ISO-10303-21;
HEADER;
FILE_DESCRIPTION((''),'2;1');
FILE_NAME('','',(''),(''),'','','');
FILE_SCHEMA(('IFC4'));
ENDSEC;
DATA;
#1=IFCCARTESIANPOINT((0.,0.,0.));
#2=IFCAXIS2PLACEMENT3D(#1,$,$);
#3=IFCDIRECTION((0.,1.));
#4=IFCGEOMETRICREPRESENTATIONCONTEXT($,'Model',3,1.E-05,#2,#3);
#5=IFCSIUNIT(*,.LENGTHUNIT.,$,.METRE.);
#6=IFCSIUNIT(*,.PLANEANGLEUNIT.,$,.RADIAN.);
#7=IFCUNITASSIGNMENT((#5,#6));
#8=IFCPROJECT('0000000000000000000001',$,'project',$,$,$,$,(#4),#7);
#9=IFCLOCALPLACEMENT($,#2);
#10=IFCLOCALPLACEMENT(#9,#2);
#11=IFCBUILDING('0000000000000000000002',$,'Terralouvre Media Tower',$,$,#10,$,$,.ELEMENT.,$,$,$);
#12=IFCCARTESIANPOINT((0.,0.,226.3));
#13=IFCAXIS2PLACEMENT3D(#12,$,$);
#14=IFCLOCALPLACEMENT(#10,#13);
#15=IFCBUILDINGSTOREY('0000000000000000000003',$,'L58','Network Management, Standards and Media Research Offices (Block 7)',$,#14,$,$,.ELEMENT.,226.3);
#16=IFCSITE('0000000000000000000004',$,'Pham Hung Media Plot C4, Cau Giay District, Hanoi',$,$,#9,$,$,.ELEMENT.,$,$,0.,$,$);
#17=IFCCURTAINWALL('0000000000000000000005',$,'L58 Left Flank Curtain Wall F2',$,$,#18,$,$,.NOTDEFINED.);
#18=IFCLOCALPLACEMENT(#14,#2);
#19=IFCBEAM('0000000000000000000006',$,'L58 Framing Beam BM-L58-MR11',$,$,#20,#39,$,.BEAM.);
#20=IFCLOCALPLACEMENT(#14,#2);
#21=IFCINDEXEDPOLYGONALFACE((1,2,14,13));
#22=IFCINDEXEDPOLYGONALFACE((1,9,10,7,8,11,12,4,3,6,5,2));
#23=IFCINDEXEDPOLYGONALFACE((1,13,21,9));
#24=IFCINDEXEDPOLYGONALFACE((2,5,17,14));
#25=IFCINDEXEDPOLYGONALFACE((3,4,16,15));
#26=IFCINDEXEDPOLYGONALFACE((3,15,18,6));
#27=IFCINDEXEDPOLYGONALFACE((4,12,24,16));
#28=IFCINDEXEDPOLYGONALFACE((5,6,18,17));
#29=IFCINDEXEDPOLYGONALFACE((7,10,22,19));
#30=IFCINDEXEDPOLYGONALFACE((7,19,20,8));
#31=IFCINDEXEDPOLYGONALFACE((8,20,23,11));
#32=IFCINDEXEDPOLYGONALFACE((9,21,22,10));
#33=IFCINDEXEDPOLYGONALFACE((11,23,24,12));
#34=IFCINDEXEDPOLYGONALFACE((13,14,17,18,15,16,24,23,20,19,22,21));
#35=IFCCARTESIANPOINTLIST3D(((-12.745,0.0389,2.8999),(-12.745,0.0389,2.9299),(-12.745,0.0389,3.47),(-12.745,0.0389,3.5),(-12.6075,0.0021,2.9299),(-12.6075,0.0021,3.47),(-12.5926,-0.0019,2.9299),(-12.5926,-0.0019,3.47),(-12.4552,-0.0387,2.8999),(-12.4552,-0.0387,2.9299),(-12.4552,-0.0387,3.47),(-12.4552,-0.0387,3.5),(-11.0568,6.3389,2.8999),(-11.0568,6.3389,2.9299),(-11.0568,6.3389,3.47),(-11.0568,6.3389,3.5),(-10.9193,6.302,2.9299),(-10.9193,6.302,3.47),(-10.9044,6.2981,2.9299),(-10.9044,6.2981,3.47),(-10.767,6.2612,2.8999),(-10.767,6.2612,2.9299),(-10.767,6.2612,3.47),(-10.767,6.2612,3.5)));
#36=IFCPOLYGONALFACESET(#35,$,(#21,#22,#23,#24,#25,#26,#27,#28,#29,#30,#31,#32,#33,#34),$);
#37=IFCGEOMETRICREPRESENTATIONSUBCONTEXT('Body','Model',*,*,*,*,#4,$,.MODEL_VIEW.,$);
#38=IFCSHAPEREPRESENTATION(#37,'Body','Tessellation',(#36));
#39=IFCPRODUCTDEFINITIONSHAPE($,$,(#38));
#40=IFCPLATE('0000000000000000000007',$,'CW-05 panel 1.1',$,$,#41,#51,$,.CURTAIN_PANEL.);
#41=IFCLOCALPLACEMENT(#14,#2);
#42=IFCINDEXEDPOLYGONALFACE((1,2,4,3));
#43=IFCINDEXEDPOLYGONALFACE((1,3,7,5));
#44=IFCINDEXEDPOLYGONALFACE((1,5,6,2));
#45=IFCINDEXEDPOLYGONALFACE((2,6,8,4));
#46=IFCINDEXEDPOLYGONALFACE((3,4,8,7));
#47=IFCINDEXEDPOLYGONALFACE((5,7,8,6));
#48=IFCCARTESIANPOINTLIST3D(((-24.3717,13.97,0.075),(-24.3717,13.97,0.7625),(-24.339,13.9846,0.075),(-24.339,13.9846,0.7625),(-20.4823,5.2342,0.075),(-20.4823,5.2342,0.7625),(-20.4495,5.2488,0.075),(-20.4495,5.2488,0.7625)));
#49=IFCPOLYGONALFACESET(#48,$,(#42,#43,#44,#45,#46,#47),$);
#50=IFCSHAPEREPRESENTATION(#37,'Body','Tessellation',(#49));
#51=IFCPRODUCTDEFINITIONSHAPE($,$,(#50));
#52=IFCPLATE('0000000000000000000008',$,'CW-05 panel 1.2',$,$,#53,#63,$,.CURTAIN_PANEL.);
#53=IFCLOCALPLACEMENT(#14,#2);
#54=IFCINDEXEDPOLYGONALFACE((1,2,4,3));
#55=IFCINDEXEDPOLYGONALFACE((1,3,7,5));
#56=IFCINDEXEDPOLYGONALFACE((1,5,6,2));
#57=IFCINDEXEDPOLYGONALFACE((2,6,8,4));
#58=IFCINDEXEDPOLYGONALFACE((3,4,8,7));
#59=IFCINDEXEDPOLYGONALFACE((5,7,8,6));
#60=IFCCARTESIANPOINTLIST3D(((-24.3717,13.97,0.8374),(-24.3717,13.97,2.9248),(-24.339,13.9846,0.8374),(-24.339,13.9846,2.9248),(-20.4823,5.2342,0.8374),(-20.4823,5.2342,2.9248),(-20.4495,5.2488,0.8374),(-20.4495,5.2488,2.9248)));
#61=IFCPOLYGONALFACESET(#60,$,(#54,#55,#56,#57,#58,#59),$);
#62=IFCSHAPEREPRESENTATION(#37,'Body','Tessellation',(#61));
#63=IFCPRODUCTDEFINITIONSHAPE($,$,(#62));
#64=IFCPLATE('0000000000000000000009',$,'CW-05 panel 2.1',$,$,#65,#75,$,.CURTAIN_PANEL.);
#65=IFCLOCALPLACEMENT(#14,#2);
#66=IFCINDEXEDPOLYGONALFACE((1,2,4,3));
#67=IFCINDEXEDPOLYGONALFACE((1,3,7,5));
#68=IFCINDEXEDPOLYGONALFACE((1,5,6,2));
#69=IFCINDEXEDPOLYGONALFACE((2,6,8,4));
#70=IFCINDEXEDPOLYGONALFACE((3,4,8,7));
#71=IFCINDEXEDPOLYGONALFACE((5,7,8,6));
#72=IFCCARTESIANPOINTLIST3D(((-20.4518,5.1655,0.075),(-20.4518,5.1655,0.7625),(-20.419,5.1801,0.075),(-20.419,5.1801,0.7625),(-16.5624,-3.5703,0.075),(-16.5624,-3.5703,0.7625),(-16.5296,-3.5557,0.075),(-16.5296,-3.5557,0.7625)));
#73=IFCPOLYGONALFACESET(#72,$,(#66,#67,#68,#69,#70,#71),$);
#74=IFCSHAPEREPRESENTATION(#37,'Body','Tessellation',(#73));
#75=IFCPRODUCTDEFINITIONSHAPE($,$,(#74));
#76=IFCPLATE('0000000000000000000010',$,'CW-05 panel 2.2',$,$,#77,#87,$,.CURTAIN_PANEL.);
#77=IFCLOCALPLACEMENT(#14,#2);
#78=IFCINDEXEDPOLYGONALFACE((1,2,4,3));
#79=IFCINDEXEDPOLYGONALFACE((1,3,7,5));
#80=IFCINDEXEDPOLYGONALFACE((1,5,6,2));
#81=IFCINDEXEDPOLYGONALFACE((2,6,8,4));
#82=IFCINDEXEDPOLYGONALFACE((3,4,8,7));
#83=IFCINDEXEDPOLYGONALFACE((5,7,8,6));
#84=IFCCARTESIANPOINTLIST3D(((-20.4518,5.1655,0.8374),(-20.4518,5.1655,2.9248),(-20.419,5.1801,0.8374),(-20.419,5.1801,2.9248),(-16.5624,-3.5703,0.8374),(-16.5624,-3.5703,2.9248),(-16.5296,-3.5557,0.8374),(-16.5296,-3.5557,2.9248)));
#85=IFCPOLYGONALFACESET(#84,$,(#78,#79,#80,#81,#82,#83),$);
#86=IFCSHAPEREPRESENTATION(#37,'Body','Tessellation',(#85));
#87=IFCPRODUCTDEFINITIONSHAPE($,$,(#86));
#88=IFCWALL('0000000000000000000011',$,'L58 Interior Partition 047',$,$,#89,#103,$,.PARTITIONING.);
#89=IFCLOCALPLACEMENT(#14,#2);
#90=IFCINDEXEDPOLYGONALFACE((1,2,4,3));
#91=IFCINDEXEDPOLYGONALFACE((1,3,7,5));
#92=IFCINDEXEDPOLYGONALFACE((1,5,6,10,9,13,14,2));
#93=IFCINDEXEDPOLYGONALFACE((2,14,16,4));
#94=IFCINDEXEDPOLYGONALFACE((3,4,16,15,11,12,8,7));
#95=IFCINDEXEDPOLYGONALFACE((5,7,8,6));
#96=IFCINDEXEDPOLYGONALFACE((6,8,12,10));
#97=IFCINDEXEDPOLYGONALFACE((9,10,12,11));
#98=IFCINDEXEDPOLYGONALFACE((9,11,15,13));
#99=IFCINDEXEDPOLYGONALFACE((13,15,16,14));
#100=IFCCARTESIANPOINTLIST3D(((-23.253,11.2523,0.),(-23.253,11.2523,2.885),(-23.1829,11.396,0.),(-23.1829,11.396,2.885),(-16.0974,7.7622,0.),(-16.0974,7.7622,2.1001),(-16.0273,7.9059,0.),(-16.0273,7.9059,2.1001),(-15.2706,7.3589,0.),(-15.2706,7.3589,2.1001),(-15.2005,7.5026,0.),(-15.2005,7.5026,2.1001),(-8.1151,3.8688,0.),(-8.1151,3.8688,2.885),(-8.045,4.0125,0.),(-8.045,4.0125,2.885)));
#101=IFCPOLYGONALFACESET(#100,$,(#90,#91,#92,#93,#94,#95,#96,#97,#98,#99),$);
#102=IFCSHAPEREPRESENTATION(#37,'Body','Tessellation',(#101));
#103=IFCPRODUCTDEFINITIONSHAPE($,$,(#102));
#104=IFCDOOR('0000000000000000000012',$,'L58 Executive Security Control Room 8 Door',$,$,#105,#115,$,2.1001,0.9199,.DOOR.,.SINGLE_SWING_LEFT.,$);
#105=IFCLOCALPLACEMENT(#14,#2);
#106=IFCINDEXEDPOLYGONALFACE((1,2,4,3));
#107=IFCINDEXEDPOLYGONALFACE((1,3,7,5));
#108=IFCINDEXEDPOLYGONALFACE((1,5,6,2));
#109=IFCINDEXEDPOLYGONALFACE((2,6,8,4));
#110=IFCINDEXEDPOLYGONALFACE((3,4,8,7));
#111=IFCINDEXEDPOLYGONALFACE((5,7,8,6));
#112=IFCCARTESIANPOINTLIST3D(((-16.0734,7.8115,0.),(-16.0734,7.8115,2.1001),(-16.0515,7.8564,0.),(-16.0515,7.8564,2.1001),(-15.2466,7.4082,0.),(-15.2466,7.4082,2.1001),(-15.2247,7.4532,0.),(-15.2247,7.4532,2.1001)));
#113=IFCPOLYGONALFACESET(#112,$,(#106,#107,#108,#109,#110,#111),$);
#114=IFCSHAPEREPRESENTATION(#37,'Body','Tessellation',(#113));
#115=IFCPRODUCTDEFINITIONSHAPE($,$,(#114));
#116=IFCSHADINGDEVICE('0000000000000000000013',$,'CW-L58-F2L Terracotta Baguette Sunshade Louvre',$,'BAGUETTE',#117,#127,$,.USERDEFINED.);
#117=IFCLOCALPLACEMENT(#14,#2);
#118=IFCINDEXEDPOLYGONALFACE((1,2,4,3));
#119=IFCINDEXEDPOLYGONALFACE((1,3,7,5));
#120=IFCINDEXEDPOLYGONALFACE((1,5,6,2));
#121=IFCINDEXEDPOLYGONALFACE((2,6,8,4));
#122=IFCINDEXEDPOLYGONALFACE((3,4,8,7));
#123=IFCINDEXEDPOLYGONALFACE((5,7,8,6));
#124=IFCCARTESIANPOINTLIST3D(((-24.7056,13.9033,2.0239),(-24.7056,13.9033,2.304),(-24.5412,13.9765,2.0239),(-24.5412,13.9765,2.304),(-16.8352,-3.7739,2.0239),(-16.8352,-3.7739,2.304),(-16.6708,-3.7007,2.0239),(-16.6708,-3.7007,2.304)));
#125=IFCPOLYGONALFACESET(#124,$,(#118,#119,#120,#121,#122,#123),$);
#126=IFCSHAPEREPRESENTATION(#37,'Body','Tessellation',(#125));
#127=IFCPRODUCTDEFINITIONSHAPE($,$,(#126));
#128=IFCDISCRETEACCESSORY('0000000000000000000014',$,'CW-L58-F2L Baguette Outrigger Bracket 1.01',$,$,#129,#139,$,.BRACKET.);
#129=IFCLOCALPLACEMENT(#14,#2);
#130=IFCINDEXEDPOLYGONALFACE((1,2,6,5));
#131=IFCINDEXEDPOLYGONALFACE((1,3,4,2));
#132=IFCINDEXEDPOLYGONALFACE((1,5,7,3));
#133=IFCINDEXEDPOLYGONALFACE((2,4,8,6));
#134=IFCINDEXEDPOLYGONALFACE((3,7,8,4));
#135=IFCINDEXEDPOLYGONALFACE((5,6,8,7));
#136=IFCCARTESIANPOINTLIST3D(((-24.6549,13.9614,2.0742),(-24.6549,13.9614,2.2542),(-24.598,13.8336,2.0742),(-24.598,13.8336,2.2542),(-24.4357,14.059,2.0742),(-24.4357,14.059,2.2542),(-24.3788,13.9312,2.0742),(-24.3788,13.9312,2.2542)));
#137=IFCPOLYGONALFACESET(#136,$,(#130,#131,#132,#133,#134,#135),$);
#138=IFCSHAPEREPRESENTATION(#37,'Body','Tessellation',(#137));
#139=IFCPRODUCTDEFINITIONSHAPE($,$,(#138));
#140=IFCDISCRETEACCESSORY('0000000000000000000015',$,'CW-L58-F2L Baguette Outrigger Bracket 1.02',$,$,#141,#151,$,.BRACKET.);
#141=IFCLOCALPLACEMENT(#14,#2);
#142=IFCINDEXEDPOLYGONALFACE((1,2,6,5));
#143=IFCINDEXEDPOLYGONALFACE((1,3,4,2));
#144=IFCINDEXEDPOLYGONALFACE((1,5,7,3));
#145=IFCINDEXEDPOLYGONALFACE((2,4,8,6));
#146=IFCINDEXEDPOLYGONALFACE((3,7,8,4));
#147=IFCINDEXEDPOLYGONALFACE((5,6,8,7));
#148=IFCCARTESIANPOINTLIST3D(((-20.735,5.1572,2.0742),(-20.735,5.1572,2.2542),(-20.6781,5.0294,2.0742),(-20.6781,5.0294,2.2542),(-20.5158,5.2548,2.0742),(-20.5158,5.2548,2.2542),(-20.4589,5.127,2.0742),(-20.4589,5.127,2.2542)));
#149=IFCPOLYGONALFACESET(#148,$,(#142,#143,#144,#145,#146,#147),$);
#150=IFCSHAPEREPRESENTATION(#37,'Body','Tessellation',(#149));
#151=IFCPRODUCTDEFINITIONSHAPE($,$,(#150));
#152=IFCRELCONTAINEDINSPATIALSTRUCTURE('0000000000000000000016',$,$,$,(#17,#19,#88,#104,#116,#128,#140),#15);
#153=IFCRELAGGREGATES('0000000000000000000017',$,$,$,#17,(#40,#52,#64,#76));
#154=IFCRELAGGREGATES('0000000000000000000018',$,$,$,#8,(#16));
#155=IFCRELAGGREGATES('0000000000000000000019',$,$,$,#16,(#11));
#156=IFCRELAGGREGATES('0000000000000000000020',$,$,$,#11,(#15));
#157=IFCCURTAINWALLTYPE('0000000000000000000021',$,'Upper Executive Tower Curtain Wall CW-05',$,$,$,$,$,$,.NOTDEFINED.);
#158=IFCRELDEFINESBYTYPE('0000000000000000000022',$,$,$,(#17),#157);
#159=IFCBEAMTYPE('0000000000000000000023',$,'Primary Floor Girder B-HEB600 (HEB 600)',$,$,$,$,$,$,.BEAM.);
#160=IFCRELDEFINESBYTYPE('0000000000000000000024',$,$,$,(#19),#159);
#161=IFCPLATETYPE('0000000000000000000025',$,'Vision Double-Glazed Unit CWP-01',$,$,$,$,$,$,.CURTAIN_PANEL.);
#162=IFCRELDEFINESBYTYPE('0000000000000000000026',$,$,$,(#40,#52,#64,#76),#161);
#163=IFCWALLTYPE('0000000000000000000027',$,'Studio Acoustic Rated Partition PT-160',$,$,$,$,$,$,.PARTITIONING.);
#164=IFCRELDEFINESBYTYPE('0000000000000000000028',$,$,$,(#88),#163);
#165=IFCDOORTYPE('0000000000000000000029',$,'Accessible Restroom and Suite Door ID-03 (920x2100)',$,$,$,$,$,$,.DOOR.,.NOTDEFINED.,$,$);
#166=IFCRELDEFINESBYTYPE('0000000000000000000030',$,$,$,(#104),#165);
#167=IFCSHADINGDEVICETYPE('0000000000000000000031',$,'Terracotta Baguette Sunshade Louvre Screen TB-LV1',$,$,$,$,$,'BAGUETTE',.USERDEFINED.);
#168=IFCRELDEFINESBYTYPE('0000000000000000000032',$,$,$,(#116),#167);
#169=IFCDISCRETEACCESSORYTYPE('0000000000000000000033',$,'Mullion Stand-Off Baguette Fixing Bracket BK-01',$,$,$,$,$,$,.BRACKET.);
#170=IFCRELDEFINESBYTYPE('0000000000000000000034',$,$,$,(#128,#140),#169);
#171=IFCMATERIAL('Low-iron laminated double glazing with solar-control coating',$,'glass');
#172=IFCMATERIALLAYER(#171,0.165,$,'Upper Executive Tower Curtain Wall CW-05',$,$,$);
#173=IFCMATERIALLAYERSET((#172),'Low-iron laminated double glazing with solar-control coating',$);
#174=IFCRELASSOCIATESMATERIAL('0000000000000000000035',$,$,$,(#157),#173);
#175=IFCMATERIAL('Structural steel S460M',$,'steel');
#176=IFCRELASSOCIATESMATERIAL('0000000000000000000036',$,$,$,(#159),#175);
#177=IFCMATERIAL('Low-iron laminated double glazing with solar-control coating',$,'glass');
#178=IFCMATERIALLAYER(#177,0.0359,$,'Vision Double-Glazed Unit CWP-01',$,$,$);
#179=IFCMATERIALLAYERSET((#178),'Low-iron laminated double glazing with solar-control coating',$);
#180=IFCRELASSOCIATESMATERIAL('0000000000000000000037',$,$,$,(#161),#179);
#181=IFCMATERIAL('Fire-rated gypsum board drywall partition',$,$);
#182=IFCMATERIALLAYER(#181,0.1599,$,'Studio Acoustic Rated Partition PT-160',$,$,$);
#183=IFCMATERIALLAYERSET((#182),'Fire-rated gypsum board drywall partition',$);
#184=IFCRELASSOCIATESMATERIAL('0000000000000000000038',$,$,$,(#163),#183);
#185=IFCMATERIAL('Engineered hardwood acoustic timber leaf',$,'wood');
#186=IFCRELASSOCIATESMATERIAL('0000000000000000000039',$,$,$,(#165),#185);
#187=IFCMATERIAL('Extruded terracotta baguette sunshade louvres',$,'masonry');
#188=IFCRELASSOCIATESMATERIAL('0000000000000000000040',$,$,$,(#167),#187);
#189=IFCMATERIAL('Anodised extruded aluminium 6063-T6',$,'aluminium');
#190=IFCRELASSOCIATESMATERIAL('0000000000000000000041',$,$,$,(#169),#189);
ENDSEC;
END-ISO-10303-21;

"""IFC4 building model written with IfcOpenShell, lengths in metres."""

from ifc_helpers import new_model, si_unit, direction, frame, frame_2d, origin, origin_2d, place, context, subcontext, project, spatial, rectangle, i_section, extrude, material, layer, layer_set, material_profile, profile_set, type_object, element, fill, aggregate, save


model = new_model("IFC4")

# Units and contexts
model_context = context("Model", 3, precision=1e-05, world=origin(), true_north=direction((0.0, 1.0)))
body_context = subcontext(model_context, "Body", "Model", "MODEL_VIEW")
ifc_project = project(units=[si_unit("LENGTHUNIT", "METRE"), si_unit("PLANEANGLEUNIT", "RADIAN")], contexts=[model_context])

# Site, building, storey
site_placement = place(None, origin())
site = spatial("IfcSite", under=ifc_project, at=site_placement, Name="Pham Hung Media Plot C4, Cau Giay District, Hanoi", CompositionType="ELEMENT", RefElevation=0.0)
building_placement = place(site_placement, origin())
building = spatial("IfcBuilding", under=site, at=building_placement, Name="Terralouvre Media Tower", CompositionType="ELEMENT")
storey_placement = place(building_placement, frame((0.0, 0.0, 226.3)))
storey = spatial("IfcBuildingStorey", under=building, at=storey_placement, Name="L58", Description="Network Management, Standards and Media Research Offices (Block 7)", CompositionType="ELEMENT", Elevation=226.3)

# Curtain wall
ifc_material_1 = material(Name="Low-iron laminated double glazing with solar-control coating", Category="glass")
ifc_layer_1 = layer(ifc_material_1, 0.165, Name="Upper Executive Tower Curtain Wall CW-05")
ifc_layer_set_1 = layer_set([ifc_layer_1], Name="Low-iron laminated double glazing with solar-control coating")
curtain_wall_type_1 = type_object("IfcCurtainWallType", Name="Upper Executive Tower Curtain Wall CW-05", PredefinedType="NOTDEFINED", material=ifc_layer_set_1)
curtain_wall_1_placement = place(storey_placement, origin())
curtain_wall_1 = element("IfcCurtainWall", 1, at=curtain_wall_1_placement, inside=storey, type_object=curtain_wall_type_1, Name="L58 Left Flank Curtain Wall F2", PredefinedType="NOTDEFINED")

# Beam
ifc_material_2 = material(Name="Structural steel S460M", Category="steel")
ifc_material_profile_1 = material_profile(ifc_material_2, i_section(OverallWidth=0.3, OverallDepth=0.6001, WebThickness=0.0154, FlangeThickness=0.03, at=origin_2d()), Name="HEB 600")
ifc_profile_set_1 = profile_set([ifc_material_profile_1], Name="Structural steel S460M")
beam_type_1 = type_object("IfcBeamType", Name="Primary Floor Girder B-HEB600 (HEB 600)", PredefinedType="BEAM", material=ifc_profile_set_1)
beam_1_placement = place(storey_placement, frame((-10.9119, 6.3, 3.2), z_axis=(-0.258839, -0.96592, 0.0), x_axis=(0.96592, -0.258839, 0.0)))
element("IfcBeam", 2, at=beam_1_placement, inside=storey, type_object=beam_type_1, Name="L58 Framing Beam BM-L58-MR11", PredefinedType="BEAM", context=body_context, shape_type="SweptSolid", body=[
    extrude(i_section(OverallWidth=0.3, OverallDepth=0.6001, WebThickness=0.0154, FlangeThickness=0.03, at=origin_2d()), origin(), (0.0, 0.0, 1.0), 6.5222),
])

# Plates
ifc_material_3 = material(Name="Low-iron laminated double glazing with solar-control coating", Category="glass")
ifc_layer_2 = layer(ifc_material_3, 0.0359, Name="Vision Double-Glazed Unit CWP-01")
ifc_layer_set_2 = layer_set([ifc_layer_2], Name="Low-iron laminated double glazing with solar-control coating")
plate_type = type_object("IfcPlateType", Name="Vision Double-Glazed Unit CWP-01", PredefinedType="CURTAIN_PANEL", material=ifc_layer_set_2)
plate_1_placement = place(storey_placement, frame((-22.4106, 9.6094, 0.075), z_axis=(0.0, 0.0, 1.0), x_axis=(0.406737, -0.913545, 0.0)))
plate_1 = element("IfcPlate", 3, at=plate_1_placement, type_object=plate_type, Name="CW-05 panel 1.1", PredefinedType="CURTAIN_PANEL", context=body_context, shape_type="SweptSolid", body=[
    extrude(rectangle(XDim=9.5625, YDim=0.0359, at=origin_2d()), origin(), (0.0, 0.0, 1.0), 0.6875),
])
plate_2_placement = place(storey_placement, frame((-22.4106, 9.6094, 0.8374), z_axis=(0.0, 0.0, 1.0), x_axis=(0.406737, -0.913545, 0.0)))
plate_2 = element("IfcPlate", 4, at=plate_2_placement, type_object=plate_type, Name="CW-05 panel 1.2", PredefinedType="CURTAIN_PANEL", context=body_context, shape_type="SweptSolid", body=[
    extrude(rectangle(XDim=9.5625, YDim=0.0359, at=origin_2d()), origin(), (0.0, 0.0, 1.0), 2.0874),
])
plate_3_placement = place(storey_placement, frame((-18.4907, 0.8049, 0.075), z_axis=(0.0, 0.0, 1.0), x_axis=(0.406737, -0.913545, 0.0)))
plate_3 = element("IfcPlate", 5, at=plate_3_placement, type_object=plate_type, Name="CW-05 panel 2.1", PredefinedType="CURTAIN_PANEL", context=body_context, shape_type="SweptSolid", body=[
    extrude(rectangle(XDim=9.5625, YDim=0.0359, at=origin_2d()), origin(), (0.0, 0.0, 1.0), 0.6875),
])
plate_4_placement = place(storey_placement, frame((-18.4907, 0.8049, 0.8374), z_axis=(0.0, 0.0, 1.0), x_axis=(0.406737, -0.913545, 0.0)))
plate_4 = element("IfcPlate", 6, at=plate_4_placement, type_object=plate_type, Name="CW-05 panel 2.2", PredefinedType="CURTAIN_PANEL", context=body_context, shape_type="SweptSolid", body=[
    extrude(rectangle(XDim=9.5625, YDim=0.0359, at=origin_2d()), origin(), (0.0, 0.0, 1.0), 2.0874),
])
aggregate(curtain_wall_1, [plate_1, plate_2, plate_3, plate_4])

# Wall, opening, door
ifc_material_4 = material(Name="Fire-rated gypsum board drywall partition")
ifc_layer_3 = layer(ifc_material_4, 0.1599, Name="Studio Acoustic Rated Partition PT-160")
ifc_layer_set_3 = layer_set([ifc_layer_3], Name="Fire-rated gypsum board drywall partition")
wall_type = type_object("IfcWallType", Name="Studio Acoustic Rated Partition PT-160", PredefinedType="PARTITIONING", material=ifc_layer_set_3)
wall_placement = place(storey_placement, frame((-23.218, 11.3242, 0.0), z_axis=(0.0, 0.0, 1.0), x_axis=(0.898788, -0.438385, 0.0)))
wall = element("IfcWall", 7, at=wall_placement, inside=storey, type_object=wall_type, Name="L58 Interior Partition 047", PredefinedType="PARTITIONING", context=body_context, shape_type="SweptSolid", body=[
    extrude(rectangle(XDim=16.8425, YDim=0.1599, at=frame_2d((8.4214, 0.0))), origin(), (0.0, 0.0, 1.0), 2.885),
])
opening_placement = place(wall_placement, frame((7.9614, 0.0, 0.0)))
opening = element("IfcOpeningElement", 8, at=opening_placement, cuts=wall, PredefinedType="OPENING", context=body_context, shape_type="SweptSolid", body=[
    extrude(rectangle(XDim=0.9199, YDim=2.1001, at=frame_2d((0.46, 1.05))), frame((0.0, 0.0898, 0.0), z_axis=(0.0, -1.0, 0.0), x_axis=(1.0, 0.0, 0.0)), (0.0, 0.0, 1.0), 0.1799),
])
ifc_material_5 = material(Name="Engineered hardwood acoustic timber leaf", Category="wood")
door_type = type_object("IfcDoorType", Name="Accessible Restroom and Suite Door ID-03 (920x2100)", OperationType="NOTDEFINED", PredefinedType="DOOR", material=ifc_material_5)
door_placement = place(opening_placement, origin())
door = element("IfcDoor", 9, at=door_placement, inside=storey, type_object=door_type, Name="L58 Executive Security Control Room 8 Door", OperationType="SINGLE_SWING_LEFT", OverallHeight=2.1001, OverallWidth=0.9199, PredefinedType="DOOR", context=body_context, shape_type="SweptSolid", body=[
    extrude(rectangle(XDim=0.9199, YDim=2.1001, at=frame_2d((0.46, 1.05))), frame((0.0, 0.0249, 0.0), z_axis=(0.0, -1.0, 0.0), x_axis=(1.0, 0.0, 0.0)), (0.0, 0.0, 1.0), 0.05),
])
fill(opening, door)

# Shading device
ifc_material_6 = material(Name="Extruded terracotta baguette sunshade louvres", Category="masonry")
shading_device_type = type_object("IfcShadingDeviceType", Name="Terracotta Baguette Sunshade Louvre Screen TB-LV1", ElementType="BAGUETTE", PredefinedType="USERDEFINED", material=ifc_material_6)
shading_device_placement = place(storey_placement, frame((-20.6882, 5.1013, 2.0239), z_axis=(0.0, 0.0, 1.0), x_axis=(0.406737, -0.913545, 0.0)))
element("IfcShadingDevice", 10, at=shading_device_placement, inside=storey, type_object=shading_device_type, Name="CW-L58-F2L Terracotta Baguette Sunshade Louvre", ObjectType="BAGUETTE", PredefinedType="USERDEFINED", context=body_context, shape_type="SweptSolid", body=[
    extrude(rectangle(XDim=19.3501, YDim=0.1799, at=origin_2d()), origin(), (0.0, 0.0, 1.0), 0.28),
])

# Discrete accessories
ifc_material_7 = material(Name="Anodised extruded aluminium 6063-T6", Category="aluminium")
discrete_accessory_type = type_object("IfcDiscreteAccessoryType", Name="Mullion Stand-Off Baguette Fixing Bracket BK-01", PredefinedType="BRACKET", material=ifc_material_7)
for number, where, z_axis, x_axis, name in (
    (11, (-24.5168, 13.9463, 2.0742), (0.0, 0.0, 1.0), (0.406737, -0.913545, 0.0), "CW-L58-F2L Baguette Outrigger Bracket 1.01"),
    (12, (-20.5969, 5.1421, 2.0742), (0.0, 0.0, 1.0), (0.406737, -0.913545, 0.0), "CW-L58-F2L Baguette Outrigger Bracket 1.02"),
):
    element("IfcDiscreteAccessory", number, at=place(storey_placement, frame(where, z_axis=z_axis, x_axis=x_axis)), inside=storey, type_object=discrete_accessory_type, Name=name, PredefinedType="BRACKET", context=body_context, shape_type="SweptSolid", body=[
        extrude(rectangle(XDim=0.1399, YDim=0.24, at=origin_2d()), origin(), (0.0, 0.0, 1.0), 0.1799),
    ])

save(model, "model.ifc")
